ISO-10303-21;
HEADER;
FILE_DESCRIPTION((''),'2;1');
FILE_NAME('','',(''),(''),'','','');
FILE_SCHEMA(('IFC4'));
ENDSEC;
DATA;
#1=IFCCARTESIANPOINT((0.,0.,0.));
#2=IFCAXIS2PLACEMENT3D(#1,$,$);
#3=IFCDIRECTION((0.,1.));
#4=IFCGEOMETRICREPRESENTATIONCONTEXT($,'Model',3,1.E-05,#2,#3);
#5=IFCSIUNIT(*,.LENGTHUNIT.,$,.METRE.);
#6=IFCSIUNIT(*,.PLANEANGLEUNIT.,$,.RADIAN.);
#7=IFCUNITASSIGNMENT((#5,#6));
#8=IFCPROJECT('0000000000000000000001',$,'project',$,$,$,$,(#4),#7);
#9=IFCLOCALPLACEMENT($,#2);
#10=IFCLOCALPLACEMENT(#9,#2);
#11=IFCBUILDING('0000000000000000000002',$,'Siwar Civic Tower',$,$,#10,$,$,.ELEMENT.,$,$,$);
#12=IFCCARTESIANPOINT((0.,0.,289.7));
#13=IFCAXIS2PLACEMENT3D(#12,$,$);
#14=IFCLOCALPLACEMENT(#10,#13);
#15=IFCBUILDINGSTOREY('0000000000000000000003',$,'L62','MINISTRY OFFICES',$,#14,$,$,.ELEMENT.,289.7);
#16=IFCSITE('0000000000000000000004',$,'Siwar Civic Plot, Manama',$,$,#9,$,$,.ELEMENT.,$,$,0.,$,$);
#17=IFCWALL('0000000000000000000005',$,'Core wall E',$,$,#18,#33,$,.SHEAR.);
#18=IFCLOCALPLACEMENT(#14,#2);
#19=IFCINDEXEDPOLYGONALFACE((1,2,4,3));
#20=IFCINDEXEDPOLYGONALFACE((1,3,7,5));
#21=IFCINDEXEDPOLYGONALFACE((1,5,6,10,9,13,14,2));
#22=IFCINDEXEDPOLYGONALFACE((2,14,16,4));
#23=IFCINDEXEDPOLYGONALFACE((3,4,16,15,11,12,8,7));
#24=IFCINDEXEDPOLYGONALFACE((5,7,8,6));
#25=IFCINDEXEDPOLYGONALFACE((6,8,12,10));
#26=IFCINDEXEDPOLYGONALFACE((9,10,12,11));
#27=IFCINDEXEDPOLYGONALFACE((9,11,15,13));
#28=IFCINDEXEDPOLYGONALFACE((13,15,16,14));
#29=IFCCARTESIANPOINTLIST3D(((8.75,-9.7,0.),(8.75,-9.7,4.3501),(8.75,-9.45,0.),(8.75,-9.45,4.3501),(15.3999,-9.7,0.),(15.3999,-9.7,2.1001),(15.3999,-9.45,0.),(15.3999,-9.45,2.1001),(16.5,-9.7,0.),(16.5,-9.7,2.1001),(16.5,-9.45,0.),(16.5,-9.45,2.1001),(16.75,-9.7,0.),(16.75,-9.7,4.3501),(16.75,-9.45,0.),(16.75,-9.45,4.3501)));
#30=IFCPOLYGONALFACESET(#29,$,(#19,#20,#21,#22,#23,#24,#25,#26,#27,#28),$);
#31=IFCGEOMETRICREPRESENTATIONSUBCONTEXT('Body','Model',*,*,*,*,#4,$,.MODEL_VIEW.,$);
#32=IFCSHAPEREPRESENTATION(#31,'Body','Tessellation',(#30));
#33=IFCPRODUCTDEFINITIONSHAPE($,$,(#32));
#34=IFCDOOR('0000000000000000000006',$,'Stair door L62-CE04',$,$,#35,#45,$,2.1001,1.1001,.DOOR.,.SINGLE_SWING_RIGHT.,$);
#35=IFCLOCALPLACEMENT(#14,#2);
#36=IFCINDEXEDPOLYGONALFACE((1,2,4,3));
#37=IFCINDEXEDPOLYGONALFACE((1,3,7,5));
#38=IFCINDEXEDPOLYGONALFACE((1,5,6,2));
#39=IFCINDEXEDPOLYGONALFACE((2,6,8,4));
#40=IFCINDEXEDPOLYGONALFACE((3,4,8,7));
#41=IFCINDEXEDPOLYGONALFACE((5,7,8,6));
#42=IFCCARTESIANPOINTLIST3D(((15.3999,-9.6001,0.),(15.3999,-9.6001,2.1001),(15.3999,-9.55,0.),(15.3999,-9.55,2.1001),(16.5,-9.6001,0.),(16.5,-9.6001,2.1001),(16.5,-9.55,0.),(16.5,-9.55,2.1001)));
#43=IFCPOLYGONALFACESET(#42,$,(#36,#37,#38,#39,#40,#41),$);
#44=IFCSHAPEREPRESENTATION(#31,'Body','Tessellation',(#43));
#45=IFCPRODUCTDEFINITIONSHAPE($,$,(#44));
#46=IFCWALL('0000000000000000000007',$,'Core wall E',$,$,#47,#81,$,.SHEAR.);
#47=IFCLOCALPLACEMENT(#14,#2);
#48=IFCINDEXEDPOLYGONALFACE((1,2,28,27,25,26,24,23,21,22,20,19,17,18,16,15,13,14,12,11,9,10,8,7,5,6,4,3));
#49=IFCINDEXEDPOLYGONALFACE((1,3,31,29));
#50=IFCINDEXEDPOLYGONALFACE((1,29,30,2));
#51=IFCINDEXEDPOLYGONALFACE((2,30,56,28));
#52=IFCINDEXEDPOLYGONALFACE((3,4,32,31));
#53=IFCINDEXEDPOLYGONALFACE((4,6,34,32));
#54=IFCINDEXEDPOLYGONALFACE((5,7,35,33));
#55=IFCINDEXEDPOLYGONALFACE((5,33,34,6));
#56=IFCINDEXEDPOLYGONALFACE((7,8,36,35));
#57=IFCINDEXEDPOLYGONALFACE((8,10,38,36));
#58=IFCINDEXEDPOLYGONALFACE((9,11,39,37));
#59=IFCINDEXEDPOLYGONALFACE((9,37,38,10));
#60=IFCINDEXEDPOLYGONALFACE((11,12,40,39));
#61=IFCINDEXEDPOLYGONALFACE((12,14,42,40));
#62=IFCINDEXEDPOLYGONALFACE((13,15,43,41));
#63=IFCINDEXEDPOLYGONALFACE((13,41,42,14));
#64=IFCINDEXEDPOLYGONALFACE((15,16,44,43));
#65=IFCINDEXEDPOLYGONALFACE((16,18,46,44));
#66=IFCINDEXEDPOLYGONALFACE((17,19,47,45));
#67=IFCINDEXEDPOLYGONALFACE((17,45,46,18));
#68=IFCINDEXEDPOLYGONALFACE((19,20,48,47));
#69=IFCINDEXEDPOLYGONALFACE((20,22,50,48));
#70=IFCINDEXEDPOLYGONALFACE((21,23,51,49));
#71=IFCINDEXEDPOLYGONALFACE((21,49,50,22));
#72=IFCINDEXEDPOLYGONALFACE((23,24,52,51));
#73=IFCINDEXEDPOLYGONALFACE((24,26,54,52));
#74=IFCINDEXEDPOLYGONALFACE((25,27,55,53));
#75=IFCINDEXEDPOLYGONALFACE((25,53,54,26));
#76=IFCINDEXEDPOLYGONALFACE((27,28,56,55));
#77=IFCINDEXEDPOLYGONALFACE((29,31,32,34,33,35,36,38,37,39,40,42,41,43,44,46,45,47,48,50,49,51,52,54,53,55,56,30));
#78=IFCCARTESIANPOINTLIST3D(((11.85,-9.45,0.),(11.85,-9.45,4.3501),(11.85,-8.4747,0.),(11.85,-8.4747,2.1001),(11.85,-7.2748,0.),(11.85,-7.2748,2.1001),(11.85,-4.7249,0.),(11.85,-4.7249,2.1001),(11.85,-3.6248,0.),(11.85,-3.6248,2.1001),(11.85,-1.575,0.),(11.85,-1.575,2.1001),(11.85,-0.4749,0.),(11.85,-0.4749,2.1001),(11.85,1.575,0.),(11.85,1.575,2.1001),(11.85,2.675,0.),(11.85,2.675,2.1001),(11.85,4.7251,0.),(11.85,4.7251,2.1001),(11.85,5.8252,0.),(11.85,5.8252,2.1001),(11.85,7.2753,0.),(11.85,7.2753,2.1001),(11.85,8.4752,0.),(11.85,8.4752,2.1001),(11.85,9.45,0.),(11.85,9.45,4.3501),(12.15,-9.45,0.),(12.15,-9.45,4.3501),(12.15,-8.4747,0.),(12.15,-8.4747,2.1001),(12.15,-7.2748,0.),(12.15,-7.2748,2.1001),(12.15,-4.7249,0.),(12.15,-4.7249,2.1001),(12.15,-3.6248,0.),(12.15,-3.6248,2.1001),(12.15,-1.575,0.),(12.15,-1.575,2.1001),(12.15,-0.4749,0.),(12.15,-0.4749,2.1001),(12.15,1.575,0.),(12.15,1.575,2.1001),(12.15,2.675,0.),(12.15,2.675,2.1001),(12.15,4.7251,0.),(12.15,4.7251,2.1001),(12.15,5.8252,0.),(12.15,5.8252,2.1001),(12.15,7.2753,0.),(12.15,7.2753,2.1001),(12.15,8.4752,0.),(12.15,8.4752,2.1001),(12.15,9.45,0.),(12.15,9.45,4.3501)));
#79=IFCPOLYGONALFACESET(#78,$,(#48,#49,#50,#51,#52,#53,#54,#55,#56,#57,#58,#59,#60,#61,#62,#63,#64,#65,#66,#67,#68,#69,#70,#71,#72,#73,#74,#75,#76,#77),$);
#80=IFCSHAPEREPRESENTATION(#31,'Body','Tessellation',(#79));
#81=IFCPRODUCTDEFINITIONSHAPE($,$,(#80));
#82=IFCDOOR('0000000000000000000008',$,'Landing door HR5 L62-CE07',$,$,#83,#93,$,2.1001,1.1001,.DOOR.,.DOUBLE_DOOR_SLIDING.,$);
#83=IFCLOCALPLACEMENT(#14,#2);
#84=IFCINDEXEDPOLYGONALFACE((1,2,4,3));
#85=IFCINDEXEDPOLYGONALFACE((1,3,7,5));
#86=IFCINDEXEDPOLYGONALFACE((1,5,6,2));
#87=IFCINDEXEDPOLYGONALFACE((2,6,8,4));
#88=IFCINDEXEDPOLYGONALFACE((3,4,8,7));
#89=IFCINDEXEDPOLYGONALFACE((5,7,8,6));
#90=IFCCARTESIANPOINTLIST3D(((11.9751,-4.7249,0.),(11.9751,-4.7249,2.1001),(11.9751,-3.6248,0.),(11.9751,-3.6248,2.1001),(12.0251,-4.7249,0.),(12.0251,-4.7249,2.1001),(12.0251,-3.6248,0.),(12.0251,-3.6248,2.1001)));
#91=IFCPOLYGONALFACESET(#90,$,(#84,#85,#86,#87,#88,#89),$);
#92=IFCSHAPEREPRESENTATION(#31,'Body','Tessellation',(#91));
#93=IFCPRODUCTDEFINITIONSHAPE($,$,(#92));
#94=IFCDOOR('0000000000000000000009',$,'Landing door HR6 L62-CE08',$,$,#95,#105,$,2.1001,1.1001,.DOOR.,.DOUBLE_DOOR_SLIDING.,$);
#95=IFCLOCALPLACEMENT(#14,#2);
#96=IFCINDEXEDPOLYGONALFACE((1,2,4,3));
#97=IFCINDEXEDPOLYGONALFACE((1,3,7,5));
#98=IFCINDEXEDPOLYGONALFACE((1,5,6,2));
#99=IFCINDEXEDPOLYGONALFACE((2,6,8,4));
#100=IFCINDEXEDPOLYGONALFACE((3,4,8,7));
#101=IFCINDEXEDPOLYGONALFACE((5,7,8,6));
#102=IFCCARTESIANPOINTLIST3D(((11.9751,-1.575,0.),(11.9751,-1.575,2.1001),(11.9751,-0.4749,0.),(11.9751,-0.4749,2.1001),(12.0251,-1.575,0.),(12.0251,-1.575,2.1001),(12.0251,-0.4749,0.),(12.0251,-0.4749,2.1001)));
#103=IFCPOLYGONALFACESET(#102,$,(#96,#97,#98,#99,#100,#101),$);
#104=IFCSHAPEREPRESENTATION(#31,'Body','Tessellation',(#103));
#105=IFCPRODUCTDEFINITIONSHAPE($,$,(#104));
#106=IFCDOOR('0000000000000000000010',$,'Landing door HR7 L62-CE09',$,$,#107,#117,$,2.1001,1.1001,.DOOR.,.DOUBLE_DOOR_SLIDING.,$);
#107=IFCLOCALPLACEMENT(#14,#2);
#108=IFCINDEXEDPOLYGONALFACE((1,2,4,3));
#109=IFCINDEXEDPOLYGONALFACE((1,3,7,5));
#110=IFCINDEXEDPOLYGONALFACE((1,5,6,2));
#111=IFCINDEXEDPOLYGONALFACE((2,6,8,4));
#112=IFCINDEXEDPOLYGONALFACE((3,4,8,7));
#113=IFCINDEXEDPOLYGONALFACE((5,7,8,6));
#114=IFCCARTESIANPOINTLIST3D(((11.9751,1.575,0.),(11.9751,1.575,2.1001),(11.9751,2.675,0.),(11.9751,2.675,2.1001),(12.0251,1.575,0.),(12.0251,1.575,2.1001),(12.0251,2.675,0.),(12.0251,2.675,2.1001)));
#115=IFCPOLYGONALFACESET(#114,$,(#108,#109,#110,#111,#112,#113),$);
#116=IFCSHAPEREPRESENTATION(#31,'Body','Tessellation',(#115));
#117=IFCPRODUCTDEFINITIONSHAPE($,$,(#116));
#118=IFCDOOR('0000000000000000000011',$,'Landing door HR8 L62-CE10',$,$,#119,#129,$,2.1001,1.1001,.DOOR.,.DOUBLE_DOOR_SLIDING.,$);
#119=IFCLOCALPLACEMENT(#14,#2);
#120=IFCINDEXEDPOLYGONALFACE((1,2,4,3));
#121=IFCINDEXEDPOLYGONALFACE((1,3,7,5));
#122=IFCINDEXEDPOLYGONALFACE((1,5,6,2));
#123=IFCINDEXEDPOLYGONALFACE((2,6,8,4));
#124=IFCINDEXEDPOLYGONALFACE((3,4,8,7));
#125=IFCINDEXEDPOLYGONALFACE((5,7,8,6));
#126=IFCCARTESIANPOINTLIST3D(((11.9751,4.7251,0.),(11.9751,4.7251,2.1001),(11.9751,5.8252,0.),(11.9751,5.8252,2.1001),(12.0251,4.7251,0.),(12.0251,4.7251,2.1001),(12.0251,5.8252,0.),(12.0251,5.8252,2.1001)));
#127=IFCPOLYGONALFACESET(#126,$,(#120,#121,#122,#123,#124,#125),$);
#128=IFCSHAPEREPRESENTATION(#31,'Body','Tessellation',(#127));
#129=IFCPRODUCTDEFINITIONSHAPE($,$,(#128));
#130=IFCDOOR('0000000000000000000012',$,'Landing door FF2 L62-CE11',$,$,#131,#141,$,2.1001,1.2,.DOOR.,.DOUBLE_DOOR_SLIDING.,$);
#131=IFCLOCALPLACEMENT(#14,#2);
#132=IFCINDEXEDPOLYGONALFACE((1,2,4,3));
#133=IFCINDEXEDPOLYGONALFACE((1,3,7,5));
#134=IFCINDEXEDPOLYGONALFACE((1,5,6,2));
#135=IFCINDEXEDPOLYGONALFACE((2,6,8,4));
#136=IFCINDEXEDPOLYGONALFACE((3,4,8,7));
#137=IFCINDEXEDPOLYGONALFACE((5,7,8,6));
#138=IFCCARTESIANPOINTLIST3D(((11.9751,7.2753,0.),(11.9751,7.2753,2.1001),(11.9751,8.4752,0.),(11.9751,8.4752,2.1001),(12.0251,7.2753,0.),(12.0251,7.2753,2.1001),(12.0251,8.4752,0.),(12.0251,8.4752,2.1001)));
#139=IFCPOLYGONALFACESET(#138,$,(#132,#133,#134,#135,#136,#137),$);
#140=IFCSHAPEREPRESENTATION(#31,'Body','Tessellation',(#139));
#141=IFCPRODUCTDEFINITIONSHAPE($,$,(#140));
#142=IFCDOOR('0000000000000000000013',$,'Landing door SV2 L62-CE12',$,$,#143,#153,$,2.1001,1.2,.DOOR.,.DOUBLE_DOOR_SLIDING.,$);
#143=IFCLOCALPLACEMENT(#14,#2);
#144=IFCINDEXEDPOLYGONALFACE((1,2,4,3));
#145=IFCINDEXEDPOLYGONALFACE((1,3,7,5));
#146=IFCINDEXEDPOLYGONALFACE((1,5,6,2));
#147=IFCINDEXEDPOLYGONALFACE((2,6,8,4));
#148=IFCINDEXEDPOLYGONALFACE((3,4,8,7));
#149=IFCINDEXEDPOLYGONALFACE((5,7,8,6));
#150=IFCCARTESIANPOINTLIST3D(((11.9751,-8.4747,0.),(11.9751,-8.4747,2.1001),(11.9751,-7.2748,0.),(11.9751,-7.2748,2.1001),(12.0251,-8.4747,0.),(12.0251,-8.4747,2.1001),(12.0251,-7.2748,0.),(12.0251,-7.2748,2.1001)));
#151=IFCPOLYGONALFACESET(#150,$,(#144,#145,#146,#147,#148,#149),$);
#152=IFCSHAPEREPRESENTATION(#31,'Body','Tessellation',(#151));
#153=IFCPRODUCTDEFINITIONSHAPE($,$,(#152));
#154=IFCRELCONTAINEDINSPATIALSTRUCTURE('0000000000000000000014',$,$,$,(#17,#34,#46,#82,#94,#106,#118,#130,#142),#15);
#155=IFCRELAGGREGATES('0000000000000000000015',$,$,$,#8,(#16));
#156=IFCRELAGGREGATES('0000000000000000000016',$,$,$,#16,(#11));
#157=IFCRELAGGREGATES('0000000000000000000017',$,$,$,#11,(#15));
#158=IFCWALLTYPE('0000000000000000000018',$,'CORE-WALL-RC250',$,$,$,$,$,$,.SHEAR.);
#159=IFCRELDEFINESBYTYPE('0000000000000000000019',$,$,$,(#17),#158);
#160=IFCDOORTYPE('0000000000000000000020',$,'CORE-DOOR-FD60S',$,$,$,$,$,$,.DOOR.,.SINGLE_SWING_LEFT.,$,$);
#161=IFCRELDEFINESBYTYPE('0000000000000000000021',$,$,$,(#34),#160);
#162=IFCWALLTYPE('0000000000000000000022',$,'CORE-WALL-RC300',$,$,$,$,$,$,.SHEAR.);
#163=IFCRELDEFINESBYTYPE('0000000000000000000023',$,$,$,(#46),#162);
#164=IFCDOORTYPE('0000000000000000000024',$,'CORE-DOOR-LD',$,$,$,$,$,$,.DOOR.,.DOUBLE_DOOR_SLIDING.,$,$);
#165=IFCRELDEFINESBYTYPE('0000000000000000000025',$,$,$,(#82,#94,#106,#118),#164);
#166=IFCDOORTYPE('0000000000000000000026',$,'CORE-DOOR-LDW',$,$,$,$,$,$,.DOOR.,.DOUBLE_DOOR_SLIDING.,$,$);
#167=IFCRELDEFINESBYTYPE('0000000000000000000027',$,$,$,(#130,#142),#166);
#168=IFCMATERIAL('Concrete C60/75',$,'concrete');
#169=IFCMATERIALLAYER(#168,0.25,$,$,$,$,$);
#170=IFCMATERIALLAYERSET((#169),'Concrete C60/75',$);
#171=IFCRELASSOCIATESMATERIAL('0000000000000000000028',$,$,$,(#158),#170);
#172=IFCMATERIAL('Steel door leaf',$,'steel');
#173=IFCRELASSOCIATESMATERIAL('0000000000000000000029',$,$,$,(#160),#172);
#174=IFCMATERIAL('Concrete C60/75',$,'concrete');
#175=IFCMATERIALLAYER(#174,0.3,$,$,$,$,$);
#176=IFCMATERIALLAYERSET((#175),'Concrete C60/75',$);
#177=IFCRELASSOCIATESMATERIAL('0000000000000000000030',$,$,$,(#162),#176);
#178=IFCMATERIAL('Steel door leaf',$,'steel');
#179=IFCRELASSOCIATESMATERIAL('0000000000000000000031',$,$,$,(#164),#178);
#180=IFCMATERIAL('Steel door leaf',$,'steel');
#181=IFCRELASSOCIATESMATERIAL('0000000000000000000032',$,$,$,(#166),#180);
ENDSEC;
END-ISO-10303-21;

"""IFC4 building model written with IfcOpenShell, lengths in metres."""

from ifc_helpers import new_model, si_unit, direction, frame, frame_2d, origin, place, context, subcontext, project, spatial, rectangle, extrude, material, layer, layer_set, type_object, element, fill, save


model = new_model("IFC4")

# Units and contexts
model_context = context("Model", 3, precision=1e-05, world=origin(), true_north=direction((0.0, 1.0)))
body_context = subcontext(model_context, "Body", "Model", "MODEL_VIEW")
ifc_project = project(units=[si_unit("LENGTHUNIT", "METRE"), si_unit("PLANEANGLEUNIT", "RADIAN")], contexts=[model_context])

# Site, building, storey
site_placement = place(None, origin())
site = spatial("IfcSite", under=ifc_project, at=site_placement, Name="Siwar Civic Plot, Manama", CompositionType="ELEMENT", RefElevation=0.0)
building_placement = place(site_placement, origin())
building = spatial("IfcBuilding", under=site, at=building_placement, Name="Siwar Civic Tower", CompositionType="ELEMENT")
storey_placement = place(building_placement, frame((0.0, 0.0, 289.7)))
storey = spatial("IfcBuildingStorey", under=building, at=storey_placement, Name="L62", Description="MINISTRY OFFICES", CompositionType="ELEMENT", Elevation=289.7)

# Shared definitions
ifc_material_1 = material(Name="Concrete C60/75", Category="concrete")
ifc_layer_1 = layer(ifc_material_1, 0.25)
ifc_layer_set_1 = layer_set([ifc_layer_1], Name="Concrete C60/75")
wall_type_1 = type_object("IfcWallType", Name="CORE-WALL-RC250", PredefinedType="SHEAR", material=ifc_layer_set_1)

# Wall, opening, door
wall_1_placement = place(storey_placement, frame((8.75, -9.575, 0.0), z_axis=(0.0, 0.0, 1.0), x_axis=(1.0, 0.0, 0.0)))
wall_1 = element("IfcWall", 1, at=wall_1_placement, inside=storey, type_object=wall_type_1, Name="Core wall E", PredefinedType="SHEAR", context=body_context, shape_type="SweptSolid", body=[
    extrude(rectangle(XDim=8.0, YDim=0.25, at=frame_2d((4.0, 0.0))), origin(), (0.0, 0.0, 1.0), 4.3501),
])
opening_1_placement = place(wall_1_placement, frame((6.6499, 0.0, 0.0)))
opening_1 = element("IfcOpeningElement", 2, at=opening_1_placement, cuts=wall_1, PredefinedType="OPENING", context=body_context, shape_type="SweptSolid", body=[
    extrude(rectangle(XDim=1.1001, YDim=2.1001, at=frame_2d((0.55, 1.05))), frame((0.0, 0.135, 0.0), z_axis=(0.0, -1.0, 0.0), x_axis=(1.0, 0.0, 0.0)), (0.0, 0.0, 1.0), 0.27),
])
ifc_material_2 = material(Name="Steel door leaf", Category="steel")
door_type_1 = type_object("IfcDoorType", Name="CORE-DOOR-FD60S", OperationType="SINGLE_SWING_LEFT", PredefinedType="DOOR", material=ifc_material_2)
door_1_placement = place(opening_1_placement, origin())
door_1 = element("IfcDoor", 3, at=door_1_placement, inside=storey, type_object=door_type_1, Name="Stair door L62-CE04", OperationType="SINGLE_SWING_RIGHT", OverallHeight=2.1001, OverallWidth=1.1001, PredefinedType="DOOR", context=body_context, shape_type="SweptSolid", body=[
    extrude(rectangle(XDim=1.1001, YDim=2.1001, at=frame_2d((0.55, 1.05))), frame((0.0, 0.0249, 0.0), z_axis=(0.0, -1.0, 0.0), x_axis=(1.0, 0.0, 0.0)), (0.0, 0.0, 1.0), 0.05),
])
fill(opening_1, door_1)

# Wall, openings, doors
ifc_material_3 = material(Name="Concrete C60/75", Category="concrete")
ifc_layer_2 = layer(ifc_material_3, 0.3)
ifc_layer_set_2 = layer_set([ifc_layer_2], Name="Concrete C60/75")
wall_type_2 = type_object("IfcWallType", Name="CORE-WALL-RC300", PredefinedType="SHEAR", material=ifc_layer_set_2)
wall_2_placement = place(storey_placement, frame((12.0, -9.45, 0.0), z_axis=(0.0, 0.0, 1.0), x_axis=(0.0, 1.0, 0.0)))
wall_2 = element("IfcWall", 4, at=wall_2_placement, inside=storey, type_object=wall_type_2, Name="Core wall E", PredefinedType="SHEAR", context=body_context, shape_type="SweptSolid", body=[
    extrude(rectangle(XDim=18.8999, YDim=0.3, at=frame_2d((9.45, 0.0))), origin(), (0.0, 0.0, 1.0), 4.3501),
])
opening_2_placement = place(wall_2_placement, frame((4.7251, 0.0, 0.0)))
opening_2 = element("IfcOpeningElement", 5, at=opening_2_placement, cuts=wall_2, PredefinedType="OPENING", context=body_context, shape_type="SweptSolid", body=[
    extrude(rectangle(XDim=1.1001, YDim=2.1001, at=frame_2d((0.55, 1.05))), frame((0.0, 0.1602, 0.0), z_axis=(0.0, -1.0, 0.0), x_axis=(1.0, 0.0, 0.0)), (0.0, 0.0, 1.0), 0.3201),
])
opening_3_placement = place(wall_2_placement, frame((7.875, 0.0, 0.0)))
opening_3 = element("IfcOpeningElement", 6, at=opening_3_placement, cuts=wall_2, PredefinedType="OPENING", context=body_context, shape_type="SweptSolid", body=[
    extrude(rectangle(XDim=1.1001, YDim=2.1001, at=frame_2d((0.55, 1.05))), frame((0.0, 0.1602, 0.0), z_axis=(0.0, -1.0, 0.0), x_axis=(1.0, 0.0, 0.0)), (0.0, 0.0, 1.0), 0.3201),
])
opening_4_placement = place(wall_2_placement, frame((11.0249, 0.0, 0.0)))
opening_4 = element("IfcOpeningElement", 7, at=opening_4_placement, cuts=wall_2, PredefinedType="OPENING", context=body_context, shape_type="SweptSolid", body=[
    extrude(rectangle(XDim=1.1001, YDim=2.1001, at=frame_2d((0.55, 1.05))), frame((0.0, 0.1602, 0.0), z_axis=(0.0, -1.0, 0.0), x_axis=(1.0, 0.0, 0.0)), (0.0, 0.0, 1.0), 0.3201),
])
opening_5_placement = place(wall_2_placement, frame((14.175, 0.0, 0.0)))
opening_5 = element("IfcOpeningElement", 8, at=opening_5_placement, cuts=wall_2, PredefinedType="OPENING", context=body_context, shape_type="SweptSolid", body=[
    extrude(rectangle(XDim=1.1001, YDim=2.1001, at=frame_2d((0.55, 1.05))), frame((0.0, 0.1602, 0.0), z_axis=(0.0, -1.0, 0.0), x_axis=(1.0, 0.0, 0.0)), (0.0, 0.0, 1.0), 0.3201),
])
opening_6_placement = place(wall_2_placement, frame((16.7251, 0.0, 0.0)))
opening_6 = element("IfcOpeningElement", 9, at=opening_6_placement, cuts=wall_2, PredefinedType="OPENING", context=body_context, shape_type="SweptSolid", body=[
    extrude(rectangle(XDim=1.2, YDim=2.1001, at=frame_2d((0.6001, 1.05))), frame((0.0, 0.1602, 0.0), z_axis=(0.0, -1.0, 0.0), x_axis=(1.0, 0.0, 0.0)), (0.0, 0.0, 1.0), 0.3201),
])
opening_7_placement = place(wall_2_placement, frame((0.9751, 0.0, 0.0)))
opening_7 = element("IfcOpeningElement", 10, at=opening_7_placement, cuts=wall_2, PredefinedType="OPENING", context=body_context, shape_type="SweptSolid", body=[
    extrude(rectangle(XDim=1.2, YDim=2.1001, at=frame_2d((0.6001, 1.05))), frame((0.0, 0.1602, 0.0), z_axis=(0.0, -1.0, 0.0), x_axis=(1.0, 0.0, 0.0)), (0.0, 0.0, 1.0), 0.3201),
])
ifc_material_4 = material(Name="Steel door leaf", Category="steel")
door_type_2 = type_object("IfcDoorType", Name="CORE-DOOR-LD", OperationType="DOUBLE_DOOR_SLIDING", PredefinedType="DOOR", material=ifc_material_4)
door_2_placement = place(opening_2_placement, origin())
door_2 = element("IfcDoor", 11, at=door_2_placement, inside=storey, type_object=door_type_2, Name="Landing door HR5 L62-CE07", OperationType="DOUBLE_DOOR_SLIDING", OverallHeight=2.1001, OverallWidth=1.1001, PredefinedType="DOOR", context=body_context, shape_type="SweptSolid", body=[
    extrude(rectangle(XDim=1.1001, YDim=2.1001, at=frame_2d((0.55, 1.05))), frame((0.0, 0.0249, 0.0), z_axis=(0.0, -1.0, 0.0), x_axis=(1.0, 0.0, 0.0)), (0.0, 0.0, 1.0), 0.05),
])
fill(opening_2, door_2)
door_3_placement = place(opening_3_placement, origin())
door_3 = element("IfcDoor", 12, at=door_3_placement, inside=storey, type_object=door_type_2, Name="Landing door HR6 L62-CE08", OperationType="DOUBLE_DOOR_SLIDING", OverallHeight=2.1001, OverallWidth=1.1001, PredefinedType="DOOR", context=body_context, shape_type="SweptSolid", body=[
    extrude(rectangle(XDim=1.1001, YDim=2.1001, at=frame_2d((0.55, 1.05))), frame((0.0, 0.0249, 0.0), z_axis=(0.0, -1.0, 0.0), x_axis=(1.0, 0.0, 0.0)), (0.0, 0.0, 1.0), 0.05),
])
fill(opening_3, door_3)
door_4_placement = place(opening_4_placement, origin())
door_4 = element("IfcDoor", 13, at=door_4_placement, inside=storey, type_object=door_type_2, Name="Landing door HR7 L62-CE09", OperationType="DOUBLE_DOOR_SLIDING", OverallHeight=2.1001, OverallWidth=1.1001, PredefinedType="DOOR", context=body_context, shape_type="SweptSolid", body=[
    extrude(rectangle(XDim=1.1001, YDim=2.1001, at=frame_2d((0.55, 1.05))), frame((0.0, 0.0249, 0.0), z_axis=(0.0, -1.0, 0.0), x_axis=(1.0, 0.0, 0.0)), (0.0, 0.0, 1.0), 0.05),
])
fill(opening_4, door_4)
door_5_placement = place(opening_5_placement, origin())
door_5 = element("IfcDoor", 14, at=door_5_placement, inside=storey, type_object=door_type_2, Name="Landing door HR8 L62-CE10", OperationType="DOUBLE_DOOR_SLIDING", OverallHeight=2.1001, OverallWidth=1.1001, PredefinedType="DOOR", context=body_context, shape_type="SweptSolid", body=[
    extrude(rectangle(XDim=1.1001, YDim=2.1001, at=frame_2d((0.55, 1.05))), frame((0.0, 0.0249, 0.0), z_axis=(0.0, -1.0, 0.0), x_axis=(1.0, 0.0, 0.0)), (0.0, 0.0, 1.0), 0.05),
])
fill(opening_5, door_5)
ifc_material_5 = material(Name="Steel door leaf", Category="steel")
door_type_3 = type_object("IfcDoorType", Name="CORE-DOOR-LDW", OperationType="DOUBLE_DOOR_SLIDING", PredefinedType="DOOR", material=ifc_material_5)
door_6_placement = place(opening_6_placement, origin())
door_6 = element("IfcDoor", 15, at=door_6_placement, inside=storey, type_object=door_type_3, Name="Landing door FF2 L62-CE11", OperationType="DOUBLE_DOOR_SLIDING", OverallHeight=2.1001, OverallWidth=1.2, PredefinedType="DOOR", context=body_context, shape_type="SweptSolid", body=[
    extrude(rectangle(XDim=1.2, YDim=2.1001, at=frame_2d((0.6001, 1.05))), frame((0.0, 0.0249, 0.0), z_axis=(0.0, -1.0, 0.0), x_axis=(1.0, 0.0, 0.0)), (0.0, 0.0, 1.0), 0.05),
])
fill(opening_6, door_6)
door_7_placement = place(opening_7_placement, origin())
door_7 = element("IfcDoor", 16, at=door_7_placement, inside=storey, type_object=door_type_3, Name="Landing door SV2 L62-CE12", OperationType="DOUBLE_DOOR_SLIDING", OverallHeight=2.1001, OverallWidth=1.2, PredefinedType="DOOR", context=body_context, shape_type="SweptSolid", body=[
    extrude(rectangle(XDim=1.2, YDim=2.1001, at=frame_2d((0.6001, 1.05))), frame((0.0, 0.0249, 0.0), z_axis=(0.0, -1.0, 0.0), x_axis=(1.0, 0.0, 0.0)), (0.0, 0.0, 1.0), 0.05),
])
fill(opening_7, door_7)

save(model, "model.ifc")
